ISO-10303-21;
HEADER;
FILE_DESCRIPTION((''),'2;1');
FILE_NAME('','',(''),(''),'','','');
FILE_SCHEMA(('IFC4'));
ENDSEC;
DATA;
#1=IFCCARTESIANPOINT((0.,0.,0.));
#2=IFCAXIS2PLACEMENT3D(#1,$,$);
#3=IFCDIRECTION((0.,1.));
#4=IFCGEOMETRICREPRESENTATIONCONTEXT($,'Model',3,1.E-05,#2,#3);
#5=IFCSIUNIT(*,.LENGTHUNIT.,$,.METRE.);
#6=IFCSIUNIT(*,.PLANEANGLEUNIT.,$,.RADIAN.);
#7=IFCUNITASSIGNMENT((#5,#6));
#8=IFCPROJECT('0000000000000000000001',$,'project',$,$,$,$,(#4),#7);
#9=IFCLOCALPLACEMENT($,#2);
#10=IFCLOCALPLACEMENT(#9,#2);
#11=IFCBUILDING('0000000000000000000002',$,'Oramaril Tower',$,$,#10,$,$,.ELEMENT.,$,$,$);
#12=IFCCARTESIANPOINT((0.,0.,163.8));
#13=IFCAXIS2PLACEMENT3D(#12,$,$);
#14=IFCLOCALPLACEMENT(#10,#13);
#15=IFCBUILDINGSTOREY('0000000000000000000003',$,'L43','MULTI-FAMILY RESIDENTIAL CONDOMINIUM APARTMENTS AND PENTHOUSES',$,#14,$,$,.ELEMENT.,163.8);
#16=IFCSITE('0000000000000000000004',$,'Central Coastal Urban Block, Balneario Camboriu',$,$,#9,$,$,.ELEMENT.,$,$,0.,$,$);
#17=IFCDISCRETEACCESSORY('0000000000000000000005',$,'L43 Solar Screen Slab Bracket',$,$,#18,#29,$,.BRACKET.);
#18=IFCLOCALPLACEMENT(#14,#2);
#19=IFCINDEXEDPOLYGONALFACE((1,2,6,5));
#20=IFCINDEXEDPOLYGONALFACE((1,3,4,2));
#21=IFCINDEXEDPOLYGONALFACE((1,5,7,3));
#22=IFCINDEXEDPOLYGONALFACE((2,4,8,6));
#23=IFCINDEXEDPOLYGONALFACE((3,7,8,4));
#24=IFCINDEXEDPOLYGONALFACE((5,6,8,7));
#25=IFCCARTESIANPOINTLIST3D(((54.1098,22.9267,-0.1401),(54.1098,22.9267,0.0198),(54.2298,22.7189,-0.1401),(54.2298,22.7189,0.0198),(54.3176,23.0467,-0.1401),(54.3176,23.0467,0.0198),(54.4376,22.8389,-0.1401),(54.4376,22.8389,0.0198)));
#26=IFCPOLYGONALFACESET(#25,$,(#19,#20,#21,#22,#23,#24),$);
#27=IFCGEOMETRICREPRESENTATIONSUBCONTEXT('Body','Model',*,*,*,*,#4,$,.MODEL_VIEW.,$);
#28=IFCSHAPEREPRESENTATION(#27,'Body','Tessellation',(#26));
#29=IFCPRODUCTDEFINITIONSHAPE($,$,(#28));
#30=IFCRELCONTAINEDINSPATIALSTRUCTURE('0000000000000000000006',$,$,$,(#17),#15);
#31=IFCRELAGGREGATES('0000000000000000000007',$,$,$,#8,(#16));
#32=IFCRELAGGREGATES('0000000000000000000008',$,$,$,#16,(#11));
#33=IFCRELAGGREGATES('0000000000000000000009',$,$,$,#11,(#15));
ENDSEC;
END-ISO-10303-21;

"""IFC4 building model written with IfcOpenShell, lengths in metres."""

from ifc_helpers import new_model, si_unit, direction, frame, origin, origin_2d, place, context, subcontext, project, spatial, rectangle, extrude, element, save


model = new_model("IFC4")

# Units and contexts
model_context = context("Model", 3, precision=1e-05, world=origin(), true_north=direction((0.0, 1.0)))
body_context = subcontext(model_context, "Body", "Model", "MODEL_VIEW")
ifc_project = project(units=[si_unit("LENGTHUNIT", "METRE"), si_unit("PLANEANGLEUNIT", "RADIAN")], contexts=[model_context])

# Site, building, storey
site_placement = place(None, origin())
site = spatial("IfcSite", under=ifc_project, at=site_placement, Name="Central Coastal Urban Block, Balneario Camboriu", CompositionType="ELEMENT", RefElevation=0.0)
building_placement = place(site_placement, origin())
building = spatial("IfcBuilding", under=site, at=building_placement, Name="Oramaril Tower", CompositionType="ELEMENT")
storey_placement = place(building_placement, frame((0.0, 0.0, 163.8)))
storey = spatial("IfcBuildingStorey", under=building, at=storey_placement, Name="L43", Description="MULTI-FAMILY RESIDENTIAL CONDOMINIUM APARTMENTS AND PENTHOUSES", CompositionType="ELEMENT", Elevation=163.8)

# Discrete accessory
discrete_accessory_placement = place(storey_placement, frame((54.2737, 22.8828, -0.1401), z_axis=(0.0, 0.0, 1.0), x_axis=(-0.5, 0.866025, 0.0)))
element("IfcDiscreteAccessory", 1, at=discrete_accessory_placement, inside=storey, Name="L43 Solar Screen Slab Bracket", PredefinedType="BRACKET", context=body_context, shape_type="SweptSolid", body=[
    extrude(rectangle(XDim=0.24, YDim=0.24, at=origin_2d()), origin(), (0.0, 0.0, 1.0), 0.1599),
])

save(model, "model.ifc")
